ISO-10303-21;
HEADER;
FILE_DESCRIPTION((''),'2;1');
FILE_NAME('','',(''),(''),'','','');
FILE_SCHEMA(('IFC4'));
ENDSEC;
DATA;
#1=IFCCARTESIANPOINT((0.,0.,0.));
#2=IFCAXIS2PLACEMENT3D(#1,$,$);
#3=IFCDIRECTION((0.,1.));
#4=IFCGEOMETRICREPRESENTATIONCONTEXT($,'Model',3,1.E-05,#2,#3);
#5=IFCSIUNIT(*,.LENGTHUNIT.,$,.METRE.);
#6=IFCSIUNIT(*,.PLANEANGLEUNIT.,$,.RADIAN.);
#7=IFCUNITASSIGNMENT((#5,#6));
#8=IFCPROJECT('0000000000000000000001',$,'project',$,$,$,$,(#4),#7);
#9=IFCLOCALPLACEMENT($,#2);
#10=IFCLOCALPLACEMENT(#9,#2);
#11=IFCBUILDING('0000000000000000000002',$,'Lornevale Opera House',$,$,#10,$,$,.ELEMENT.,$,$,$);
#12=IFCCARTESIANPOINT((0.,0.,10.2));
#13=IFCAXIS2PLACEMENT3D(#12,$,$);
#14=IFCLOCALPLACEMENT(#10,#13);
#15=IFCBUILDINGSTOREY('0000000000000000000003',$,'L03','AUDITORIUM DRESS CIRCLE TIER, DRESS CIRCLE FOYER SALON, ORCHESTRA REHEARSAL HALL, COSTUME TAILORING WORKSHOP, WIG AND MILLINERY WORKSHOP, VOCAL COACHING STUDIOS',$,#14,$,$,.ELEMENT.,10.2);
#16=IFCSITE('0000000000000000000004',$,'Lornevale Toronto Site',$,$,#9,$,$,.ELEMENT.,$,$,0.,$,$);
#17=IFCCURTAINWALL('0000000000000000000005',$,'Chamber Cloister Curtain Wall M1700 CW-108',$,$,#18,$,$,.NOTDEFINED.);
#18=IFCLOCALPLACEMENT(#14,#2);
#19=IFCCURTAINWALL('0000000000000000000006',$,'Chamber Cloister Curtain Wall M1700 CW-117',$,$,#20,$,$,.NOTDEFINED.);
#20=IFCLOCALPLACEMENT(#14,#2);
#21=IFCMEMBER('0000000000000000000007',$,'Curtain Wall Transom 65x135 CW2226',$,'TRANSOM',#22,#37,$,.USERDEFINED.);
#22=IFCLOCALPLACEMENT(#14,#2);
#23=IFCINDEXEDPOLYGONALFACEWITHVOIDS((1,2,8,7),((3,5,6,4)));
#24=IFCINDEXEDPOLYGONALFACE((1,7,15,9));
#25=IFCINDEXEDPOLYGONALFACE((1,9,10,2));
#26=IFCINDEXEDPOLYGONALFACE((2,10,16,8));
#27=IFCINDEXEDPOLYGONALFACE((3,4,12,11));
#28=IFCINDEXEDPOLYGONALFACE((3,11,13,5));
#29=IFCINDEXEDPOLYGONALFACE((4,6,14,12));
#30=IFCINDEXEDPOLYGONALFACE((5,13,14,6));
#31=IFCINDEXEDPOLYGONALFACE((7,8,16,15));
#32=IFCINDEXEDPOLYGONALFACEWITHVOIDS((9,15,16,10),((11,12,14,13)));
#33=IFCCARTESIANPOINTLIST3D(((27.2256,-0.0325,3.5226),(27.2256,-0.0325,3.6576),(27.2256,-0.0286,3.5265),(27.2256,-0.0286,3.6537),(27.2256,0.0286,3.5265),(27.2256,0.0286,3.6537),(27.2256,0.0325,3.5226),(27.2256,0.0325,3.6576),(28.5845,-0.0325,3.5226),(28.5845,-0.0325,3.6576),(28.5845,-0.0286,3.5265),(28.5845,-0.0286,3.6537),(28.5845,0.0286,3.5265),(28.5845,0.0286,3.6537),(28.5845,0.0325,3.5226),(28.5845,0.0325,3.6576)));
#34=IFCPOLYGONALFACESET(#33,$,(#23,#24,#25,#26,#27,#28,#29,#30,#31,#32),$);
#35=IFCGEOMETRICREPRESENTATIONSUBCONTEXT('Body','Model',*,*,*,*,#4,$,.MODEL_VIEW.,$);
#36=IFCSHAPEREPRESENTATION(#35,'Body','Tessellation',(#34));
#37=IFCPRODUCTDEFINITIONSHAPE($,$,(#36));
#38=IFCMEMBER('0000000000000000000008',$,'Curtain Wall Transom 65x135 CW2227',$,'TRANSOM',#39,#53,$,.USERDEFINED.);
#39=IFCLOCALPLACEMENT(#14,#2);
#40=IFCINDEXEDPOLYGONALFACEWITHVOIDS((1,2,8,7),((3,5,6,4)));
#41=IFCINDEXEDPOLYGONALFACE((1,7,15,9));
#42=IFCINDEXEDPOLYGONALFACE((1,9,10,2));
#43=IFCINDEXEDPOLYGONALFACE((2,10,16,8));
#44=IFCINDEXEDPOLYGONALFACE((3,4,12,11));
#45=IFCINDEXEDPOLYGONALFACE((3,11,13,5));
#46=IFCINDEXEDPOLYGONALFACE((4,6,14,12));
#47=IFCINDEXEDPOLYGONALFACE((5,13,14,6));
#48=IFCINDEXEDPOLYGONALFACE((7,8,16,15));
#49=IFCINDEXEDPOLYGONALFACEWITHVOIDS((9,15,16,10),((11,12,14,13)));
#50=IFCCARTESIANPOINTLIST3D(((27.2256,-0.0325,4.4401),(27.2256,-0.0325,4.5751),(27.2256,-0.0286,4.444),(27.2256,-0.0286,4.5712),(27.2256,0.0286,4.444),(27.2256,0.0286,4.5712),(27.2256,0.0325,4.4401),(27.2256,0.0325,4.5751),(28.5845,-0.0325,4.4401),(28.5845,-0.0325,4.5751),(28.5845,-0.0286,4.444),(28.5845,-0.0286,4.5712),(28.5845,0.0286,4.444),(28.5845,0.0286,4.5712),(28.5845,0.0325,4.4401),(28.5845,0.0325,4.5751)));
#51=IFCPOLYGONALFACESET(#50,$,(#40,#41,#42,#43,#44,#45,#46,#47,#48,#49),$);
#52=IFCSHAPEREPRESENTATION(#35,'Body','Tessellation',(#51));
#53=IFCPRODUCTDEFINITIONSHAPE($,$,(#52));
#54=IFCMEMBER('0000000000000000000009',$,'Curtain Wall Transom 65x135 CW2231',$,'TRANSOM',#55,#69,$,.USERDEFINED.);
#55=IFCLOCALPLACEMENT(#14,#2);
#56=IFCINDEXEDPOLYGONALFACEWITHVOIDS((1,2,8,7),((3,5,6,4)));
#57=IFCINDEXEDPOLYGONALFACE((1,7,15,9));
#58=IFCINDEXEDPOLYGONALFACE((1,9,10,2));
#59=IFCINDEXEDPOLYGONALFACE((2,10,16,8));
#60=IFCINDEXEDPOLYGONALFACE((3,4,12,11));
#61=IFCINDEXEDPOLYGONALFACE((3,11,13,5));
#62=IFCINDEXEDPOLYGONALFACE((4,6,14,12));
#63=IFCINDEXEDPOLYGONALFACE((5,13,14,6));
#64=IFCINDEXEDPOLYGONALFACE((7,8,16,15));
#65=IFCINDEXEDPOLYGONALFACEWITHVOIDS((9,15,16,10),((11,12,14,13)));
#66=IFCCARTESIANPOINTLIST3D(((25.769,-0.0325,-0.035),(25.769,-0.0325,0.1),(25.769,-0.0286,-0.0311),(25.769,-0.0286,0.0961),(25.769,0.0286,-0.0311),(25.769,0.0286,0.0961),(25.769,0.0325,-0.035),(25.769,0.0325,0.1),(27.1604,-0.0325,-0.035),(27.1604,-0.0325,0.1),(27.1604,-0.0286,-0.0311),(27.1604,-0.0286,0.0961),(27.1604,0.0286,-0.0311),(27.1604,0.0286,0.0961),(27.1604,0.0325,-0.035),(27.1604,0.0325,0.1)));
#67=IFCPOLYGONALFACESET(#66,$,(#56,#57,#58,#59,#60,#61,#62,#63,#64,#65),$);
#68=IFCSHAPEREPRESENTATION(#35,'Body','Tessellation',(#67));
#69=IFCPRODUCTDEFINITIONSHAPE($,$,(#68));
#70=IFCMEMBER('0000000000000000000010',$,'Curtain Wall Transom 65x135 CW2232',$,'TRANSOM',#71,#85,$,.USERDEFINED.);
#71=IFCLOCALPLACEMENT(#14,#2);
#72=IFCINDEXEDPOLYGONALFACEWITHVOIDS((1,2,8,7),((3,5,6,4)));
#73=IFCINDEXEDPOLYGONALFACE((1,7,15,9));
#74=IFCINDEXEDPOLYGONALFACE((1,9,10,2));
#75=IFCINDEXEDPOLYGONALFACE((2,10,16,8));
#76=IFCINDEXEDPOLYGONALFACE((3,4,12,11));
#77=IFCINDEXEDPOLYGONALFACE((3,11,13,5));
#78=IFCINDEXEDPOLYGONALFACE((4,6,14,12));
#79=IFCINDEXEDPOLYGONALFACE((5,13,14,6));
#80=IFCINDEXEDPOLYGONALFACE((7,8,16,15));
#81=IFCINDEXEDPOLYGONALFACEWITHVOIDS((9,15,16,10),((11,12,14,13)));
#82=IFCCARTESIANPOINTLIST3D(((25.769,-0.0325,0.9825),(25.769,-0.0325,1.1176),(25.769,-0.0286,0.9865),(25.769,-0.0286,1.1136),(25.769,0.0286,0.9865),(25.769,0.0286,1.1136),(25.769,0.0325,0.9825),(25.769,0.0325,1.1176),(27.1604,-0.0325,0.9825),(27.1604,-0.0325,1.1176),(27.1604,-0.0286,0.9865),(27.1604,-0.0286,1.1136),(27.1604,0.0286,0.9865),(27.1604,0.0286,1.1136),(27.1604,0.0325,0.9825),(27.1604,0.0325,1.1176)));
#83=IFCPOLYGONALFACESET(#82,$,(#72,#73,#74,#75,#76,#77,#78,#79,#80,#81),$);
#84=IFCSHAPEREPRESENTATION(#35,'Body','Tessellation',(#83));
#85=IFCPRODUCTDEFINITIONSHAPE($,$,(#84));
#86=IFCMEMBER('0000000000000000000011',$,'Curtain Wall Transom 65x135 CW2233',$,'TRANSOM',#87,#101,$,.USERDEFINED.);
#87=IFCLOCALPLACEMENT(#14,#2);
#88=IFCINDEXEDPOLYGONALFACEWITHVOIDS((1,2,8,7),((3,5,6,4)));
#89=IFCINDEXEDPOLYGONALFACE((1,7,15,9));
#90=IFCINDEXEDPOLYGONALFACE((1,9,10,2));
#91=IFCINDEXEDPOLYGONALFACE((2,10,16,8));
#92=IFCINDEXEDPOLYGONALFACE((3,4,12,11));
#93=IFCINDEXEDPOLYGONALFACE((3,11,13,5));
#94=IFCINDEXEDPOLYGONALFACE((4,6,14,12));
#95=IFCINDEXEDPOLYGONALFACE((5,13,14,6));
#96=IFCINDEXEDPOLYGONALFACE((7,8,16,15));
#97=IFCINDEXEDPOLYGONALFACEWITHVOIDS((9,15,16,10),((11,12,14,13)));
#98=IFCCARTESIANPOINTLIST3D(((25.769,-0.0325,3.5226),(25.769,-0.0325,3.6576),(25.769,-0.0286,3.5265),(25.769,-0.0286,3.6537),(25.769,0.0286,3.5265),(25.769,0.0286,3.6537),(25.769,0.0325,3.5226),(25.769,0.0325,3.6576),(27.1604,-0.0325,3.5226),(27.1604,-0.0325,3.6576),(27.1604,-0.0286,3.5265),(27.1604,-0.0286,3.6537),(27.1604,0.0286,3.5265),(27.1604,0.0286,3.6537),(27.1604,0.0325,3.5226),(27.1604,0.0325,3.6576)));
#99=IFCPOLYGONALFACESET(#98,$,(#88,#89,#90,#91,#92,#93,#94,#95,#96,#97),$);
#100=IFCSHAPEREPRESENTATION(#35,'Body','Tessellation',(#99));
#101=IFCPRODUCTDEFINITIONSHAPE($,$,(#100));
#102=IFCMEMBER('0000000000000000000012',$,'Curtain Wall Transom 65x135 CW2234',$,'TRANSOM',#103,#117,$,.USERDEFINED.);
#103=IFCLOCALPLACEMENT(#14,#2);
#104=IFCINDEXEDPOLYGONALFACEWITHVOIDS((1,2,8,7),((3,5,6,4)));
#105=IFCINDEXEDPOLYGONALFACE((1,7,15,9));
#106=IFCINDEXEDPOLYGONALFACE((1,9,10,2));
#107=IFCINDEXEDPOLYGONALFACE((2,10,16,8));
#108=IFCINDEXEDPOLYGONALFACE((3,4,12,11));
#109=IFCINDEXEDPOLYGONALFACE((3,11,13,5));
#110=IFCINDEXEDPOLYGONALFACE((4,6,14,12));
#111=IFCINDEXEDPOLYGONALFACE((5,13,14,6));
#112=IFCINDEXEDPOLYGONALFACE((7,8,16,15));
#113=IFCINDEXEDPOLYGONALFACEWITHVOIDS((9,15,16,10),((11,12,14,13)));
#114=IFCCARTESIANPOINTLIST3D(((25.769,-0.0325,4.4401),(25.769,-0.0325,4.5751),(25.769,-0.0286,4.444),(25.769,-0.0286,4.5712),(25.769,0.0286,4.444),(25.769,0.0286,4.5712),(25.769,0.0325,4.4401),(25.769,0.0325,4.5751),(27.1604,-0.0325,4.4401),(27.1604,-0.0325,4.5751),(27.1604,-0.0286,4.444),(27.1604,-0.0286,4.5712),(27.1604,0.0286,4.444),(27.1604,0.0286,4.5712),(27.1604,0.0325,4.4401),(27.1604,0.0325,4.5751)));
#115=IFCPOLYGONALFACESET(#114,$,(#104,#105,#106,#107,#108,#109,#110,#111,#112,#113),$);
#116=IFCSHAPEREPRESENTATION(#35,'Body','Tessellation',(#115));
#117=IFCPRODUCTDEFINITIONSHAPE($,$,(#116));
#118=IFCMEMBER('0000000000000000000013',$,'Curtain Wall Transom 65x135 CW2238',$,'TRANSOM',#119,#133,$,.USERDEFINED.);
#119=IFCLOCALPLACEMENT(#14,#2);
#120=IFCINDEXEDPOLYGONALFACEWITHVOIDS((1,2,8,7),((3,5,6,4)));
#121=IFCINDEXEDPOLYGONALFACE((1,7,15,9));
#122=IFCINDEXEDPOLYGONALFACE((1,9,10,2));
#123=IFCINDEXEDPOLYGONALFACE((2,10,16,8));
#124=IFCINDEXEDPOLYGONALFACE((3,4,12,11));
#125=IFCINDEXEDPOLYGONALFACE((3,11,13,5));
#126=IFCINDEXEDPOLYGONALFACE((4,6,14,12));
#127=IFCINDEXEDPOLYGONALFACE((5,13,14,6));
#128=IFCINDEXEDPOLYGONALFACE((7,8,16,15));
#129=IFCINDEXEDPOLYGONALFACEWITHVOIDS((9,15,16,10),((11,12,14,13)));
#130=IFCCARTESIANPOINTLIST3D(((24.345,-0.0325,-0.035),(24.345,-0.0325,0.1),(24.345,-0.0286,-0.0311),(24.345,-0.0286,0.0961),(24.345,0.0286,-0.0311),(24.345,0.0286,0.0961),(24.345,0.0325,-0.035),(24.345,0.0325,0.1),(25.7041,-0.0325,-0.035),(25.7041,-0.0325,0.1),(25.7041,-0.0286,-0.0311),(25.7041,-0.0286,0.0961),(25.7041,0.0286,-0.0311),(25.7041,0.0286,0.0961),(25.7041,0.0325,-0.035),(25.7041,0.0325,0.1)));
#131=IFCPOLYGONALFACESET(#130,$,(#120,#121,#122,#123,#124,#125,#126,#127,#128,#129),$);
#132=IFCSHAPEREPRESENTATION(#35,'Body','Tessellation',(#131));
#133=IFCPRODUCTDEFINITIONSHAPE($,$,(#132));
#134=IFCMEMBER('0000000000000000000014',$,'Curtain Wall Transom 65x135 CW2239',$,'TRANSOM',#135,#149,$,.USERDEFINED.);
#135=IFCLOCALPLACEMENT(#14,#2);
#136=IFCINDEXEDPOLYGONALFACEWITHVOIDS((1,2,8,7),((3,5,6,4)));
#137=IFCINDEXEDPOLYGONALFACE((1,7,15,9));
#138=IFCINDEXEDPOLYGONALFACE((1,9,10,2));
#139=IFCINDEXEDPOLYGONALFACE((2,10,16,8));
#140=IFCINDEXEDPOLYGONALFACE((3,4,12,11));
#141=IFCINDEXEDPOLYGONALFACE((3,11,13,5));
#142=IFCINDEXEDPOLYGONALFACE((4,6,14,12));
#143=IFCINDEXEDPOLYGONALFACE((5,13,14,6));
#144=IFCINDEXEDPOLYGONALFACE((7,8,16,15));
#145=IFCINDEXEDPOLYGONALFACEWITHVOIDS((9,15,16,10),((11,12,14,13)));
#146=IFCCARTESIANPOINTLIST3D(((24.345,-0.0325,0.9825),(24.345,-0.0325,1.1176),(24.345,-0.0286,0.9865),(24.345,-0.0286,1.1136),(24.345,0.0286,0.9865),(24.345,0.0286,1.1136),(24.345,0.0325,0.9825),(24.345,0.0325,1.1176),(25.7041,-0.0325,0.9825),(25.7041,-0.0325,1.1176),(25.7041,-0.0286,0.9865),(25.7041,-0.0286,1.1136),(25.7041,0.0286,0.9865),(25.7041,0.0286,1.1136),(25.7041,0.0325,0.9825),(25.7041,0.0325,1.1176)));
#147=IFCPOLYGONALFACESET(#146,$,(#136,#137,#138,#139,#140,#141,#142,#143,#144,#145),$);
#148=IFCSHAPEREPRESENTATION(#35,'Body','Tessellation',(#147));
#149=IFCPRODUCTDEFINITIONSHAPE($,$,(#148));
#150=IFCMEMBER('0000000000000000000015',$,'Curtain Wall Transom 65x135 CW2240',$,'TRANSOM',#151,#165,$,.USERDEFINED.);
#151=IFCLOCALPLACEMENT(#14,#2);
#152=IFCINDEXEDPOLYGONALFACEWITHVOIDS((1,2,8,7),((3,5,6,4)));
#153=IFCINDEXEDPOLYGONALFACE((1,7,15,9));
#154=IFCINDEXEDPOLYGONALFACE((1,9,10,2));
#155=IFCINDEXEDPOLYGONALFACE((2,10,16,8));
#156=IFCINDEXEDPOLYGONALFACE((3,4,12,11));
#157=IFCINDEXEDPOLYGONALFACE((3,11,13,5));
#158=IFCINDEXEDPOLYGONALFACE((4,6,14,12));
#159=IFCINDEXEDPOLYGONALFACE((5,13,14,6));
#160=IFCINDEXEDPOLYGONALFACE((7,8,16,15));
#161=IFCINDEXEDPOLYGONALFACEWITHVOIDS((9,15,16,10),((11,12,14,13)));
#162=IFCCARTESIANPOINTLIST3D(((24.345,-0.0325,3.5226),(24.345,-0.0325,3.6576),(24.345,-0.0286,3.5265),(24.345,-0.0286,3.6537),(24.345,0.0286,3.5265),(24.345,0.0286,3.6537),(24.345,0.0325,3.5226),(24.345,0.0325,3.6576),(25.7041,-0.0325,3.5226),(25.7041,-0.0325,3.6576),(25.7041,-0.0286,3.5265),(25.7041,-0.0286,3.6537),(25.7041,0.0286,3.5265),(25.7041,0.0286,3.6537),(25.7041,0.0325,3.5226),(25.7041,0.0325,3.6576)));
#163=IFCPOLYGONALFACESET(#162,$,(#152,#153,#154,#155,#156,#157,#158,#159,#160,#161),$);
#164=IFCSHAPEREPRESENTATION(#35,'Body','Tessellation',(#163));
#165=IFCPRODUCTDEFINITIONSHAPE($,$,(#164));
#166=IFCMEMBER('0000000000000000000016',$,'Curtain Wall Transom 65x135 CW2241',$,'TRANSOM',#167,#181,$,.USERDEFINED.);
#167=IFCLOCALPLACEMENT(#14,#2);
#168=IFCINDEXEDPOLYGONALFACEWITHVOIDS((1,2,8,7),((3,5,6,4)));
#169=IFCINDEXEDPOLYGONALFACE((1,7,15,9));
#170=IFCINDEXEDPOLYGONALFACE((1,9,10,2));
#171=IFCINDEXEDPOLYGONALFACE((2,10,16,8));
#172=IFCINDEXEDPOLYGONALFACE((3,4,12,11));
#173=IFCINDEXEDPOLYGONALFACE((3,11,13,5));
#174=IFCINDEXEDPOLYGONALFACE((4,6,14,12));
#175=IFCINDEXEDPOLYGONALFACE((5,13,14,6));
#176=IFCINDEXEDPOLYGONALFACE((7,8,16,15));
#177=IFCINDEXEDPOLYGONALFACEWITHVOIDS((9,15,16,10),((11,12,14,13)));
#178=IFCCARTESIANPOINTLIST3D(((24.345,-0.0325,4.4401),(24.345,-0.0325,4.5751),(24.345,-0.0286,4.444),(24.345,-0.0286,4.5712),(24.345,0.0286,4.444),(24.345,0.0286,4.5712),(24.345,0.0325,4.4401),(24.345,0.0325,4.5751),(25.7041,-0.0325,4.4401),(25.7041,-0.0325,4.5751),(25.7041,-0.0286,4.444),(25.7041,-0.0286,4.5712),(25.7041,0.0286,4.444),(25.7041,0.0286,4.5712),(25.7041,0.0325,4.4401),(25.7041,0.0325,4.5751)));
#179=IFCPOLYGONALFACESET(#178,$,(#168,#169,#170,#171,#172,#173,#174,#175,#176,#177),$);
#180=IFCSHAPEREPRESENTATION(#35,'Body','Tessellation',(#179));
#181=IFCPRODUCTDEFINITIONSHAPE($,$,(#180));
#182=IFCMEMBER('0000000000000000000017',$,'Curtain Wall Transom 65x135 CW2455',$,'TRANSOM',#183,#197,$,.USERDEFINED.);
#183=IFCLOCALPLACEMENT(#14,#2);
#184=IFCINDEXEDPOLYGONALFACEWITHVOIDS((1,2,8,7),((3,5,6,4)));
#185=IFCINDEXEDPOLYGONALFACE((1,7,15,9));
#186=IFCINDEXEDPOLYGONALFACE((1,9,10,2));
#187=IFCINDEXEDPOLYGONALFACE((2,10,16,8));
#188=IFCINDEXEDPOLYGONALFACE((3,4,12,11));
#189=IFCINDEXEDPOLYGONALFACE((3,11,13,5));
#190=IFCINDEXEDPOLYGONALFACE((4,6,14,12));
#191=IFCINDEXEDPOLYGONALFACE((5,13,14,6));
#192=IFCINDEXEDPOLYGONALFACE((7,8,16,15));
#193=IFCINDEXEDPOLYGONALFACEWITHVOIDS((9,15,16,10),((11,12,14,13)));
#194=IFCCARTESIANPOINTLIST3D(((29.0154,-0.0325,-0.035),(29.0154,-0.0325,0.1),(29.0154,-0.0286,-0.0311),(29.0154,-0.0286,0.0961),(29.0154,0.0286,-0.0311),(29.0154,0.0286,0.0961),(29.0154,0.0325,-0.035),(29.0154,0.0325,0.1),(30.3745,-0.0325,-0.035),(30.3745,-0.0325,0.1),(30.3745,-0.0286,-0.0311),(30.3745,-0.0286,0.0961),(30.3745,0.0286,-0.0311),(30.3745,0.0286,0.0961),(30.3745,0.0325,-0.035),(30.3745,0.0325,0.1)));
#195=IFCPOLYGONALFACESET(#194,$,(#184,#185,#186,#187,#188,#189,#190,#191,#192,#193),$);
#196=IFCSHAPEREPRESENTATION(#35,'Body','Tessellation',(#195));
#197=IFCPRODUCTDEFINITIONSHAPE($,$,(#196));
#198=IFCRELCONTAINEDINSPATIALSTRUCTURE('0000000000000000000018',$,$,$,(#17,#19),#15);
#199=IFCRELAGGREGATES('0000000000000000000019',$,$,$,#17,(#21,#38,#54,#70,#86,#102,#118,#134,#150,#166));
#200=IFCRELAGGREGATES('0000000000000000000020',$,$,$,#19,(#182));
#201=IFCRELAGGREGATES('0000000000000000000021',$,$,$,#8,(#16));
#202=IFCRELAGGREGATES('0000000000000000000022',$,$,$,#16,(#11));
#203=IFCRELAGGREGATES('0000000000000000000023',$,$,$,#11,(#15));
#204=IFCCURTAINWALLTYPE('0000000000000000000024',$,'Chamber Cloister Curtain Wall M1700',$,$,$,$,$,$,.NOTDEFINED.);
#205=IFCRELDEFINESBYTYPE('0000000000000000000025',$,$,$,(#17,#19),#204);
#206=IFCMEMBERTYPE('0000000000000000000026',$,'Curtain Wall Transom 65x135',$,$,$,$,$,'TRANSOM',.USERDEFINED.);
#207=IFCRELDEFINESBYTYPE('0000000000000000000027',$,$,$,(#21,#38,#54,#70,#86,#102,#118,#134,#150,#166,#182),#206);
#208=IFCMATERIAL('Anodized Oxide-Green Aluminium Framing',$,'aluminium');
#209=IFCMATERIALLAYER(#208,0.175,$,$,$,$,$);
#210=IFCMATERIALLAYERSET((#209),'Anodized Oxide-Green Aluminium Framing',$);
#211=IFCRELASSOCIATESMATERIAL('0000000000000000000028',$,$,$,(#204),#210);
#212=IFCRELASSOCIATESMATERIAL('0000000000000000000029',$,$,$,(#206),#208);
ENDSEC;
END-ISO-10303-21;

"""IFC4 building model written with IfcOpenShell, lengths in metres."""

from ifc_helpers import new_model, si_unit, direction, frame, origin, origin_2d, place, context, subcontext, project, spatial, hollow_rectangle, extrude, material, layer, layer_set, material_profile, profile_set, type_object, element, aggregate, save


model = new_model("IFC4")

# Units and contexts
model_context = context("Model", 3, precision=1e-05, world=origin(), true_north=direction((0.0, 1.0)))
body_context = subcontext(model_context, "Body", "Model", "MODEL_VIEW")
ifc_project = project(units=[si_unit("LENGTHUNIT", "METRE"), si_unit("PLANEANGLEUNIT", "RADIAN")], contexts=[model_context])

# Site, building, storey
site_placement = place(None, origin())
site = spatial("IfcSite", under=ifc_project, at=site_placement, Name="Lornevale Toronto Site", CompositionType="ELEMENT", RefElevation=0.0)
building_placement = place(site_placement, origin())
building = spatial("IfcBuilding", under=site, at=building_placement, Name="Lornevale Opera House", CompositionType="ELEMENT")
storey_placement = place(building_placement, frame((0.0, 0.0, 10.2)))
storey = spatial("IfcBuildingStorey", under=building, at=storey_placement, Name="L03", Description="AUDITORIUM DRESS CIRCLE TIER, DRESS CIRCLE FOYER SALON, ORCHESTRA REHEARSAL HALL, COSTUME TAILORING WORKSHOP, WIG AND MILLINERY WORKSHOP, VOCAL COACHING STUDIOS", CompositionType="ELEMENT", Elevation=10.2)

# Curtain walls
ifc_material_1 = material(Name="Anodized Oxide-Green Aluminium Framing", Category="aluminium")
ifc_layer_1 = layer(ifc_material_1, 0.175)
ifc_layer_set_1 = layer_set([ifc_layer_1], Name="Anodized Oxide-Green Aluminium Framing")
curtain_wall_type = type_object("IfcCurtainWallType", Name="Chamber Cloister Curtain Wall M1700", PredefinedType="NOTDEFINED", material=ifc_layer_set_1)
curtain_wall_1_placement = place(storey_placement, origin())
curtain_wall_1 = element("IfcCurtainWall", 1, at=curtain_wall_1_placement, inside=storey, type_object=curtain_wall_type, Name="Chamber Cloister Curtain Wall M1700 CW-108", PredefinedType="NOTDEFINED")
curtain_wall_2_placement = place(storey_placement, origin())
curtain_wall_2 = element("IfcCurtainWall", 2, at=curtain_wall_2_placement, inside=storey, type_object=curtain_wall_type, Name="Chamber Cloister Curtain Wall M1700 CW-117", PredefinedType="NOTDEFINED")

# Members
ifc_material_profile_1 = material_profile(ifc_material_1, hollow_rectangle(XDim=0.0649, YDim=0.135, WallThickness=0.0039, at=origin_2d()), Name="ALU65x135x4")
ifc_profile_set_1 = profile_set([ifc_material_profile_1], Name="Anodized Oxide-Green Aluminium Framing")
member_type_1 = type_object("IfcMemberType", Name="Curtain Wall Transom 65x135", ElementType="TRANSOM", PredefinedType="USERDEFINED", material=ifc_profile_set_1)
member_1_placement = place(storey_placement, frame((28.5845, 0.0, 3.5901), z_axis=(-1.0, 0.0, 0.0), x_axis=(0.0, -1.0, 0.0)))
member_1 = element("IfcMember", 3, at=member_1_placement, type_object=member_type_1, Name="Curtain Wall Transom 65x135 CW2226", ObjectType="TRANSOM", PredefinedType="USERDEFINED", context=body_context, shape_type="SweptSolid", body=[
    extrude(hollow_rectangle(XDim=0.0649, YDim=0.135, WallThickness=0.0039, at=origin_2d()), origin(), (0.0, 0.0, 1.0), 1.3589),
])
member_2_placement = place(storey_placement, frame((28.5845, 0.0, 4.5076), z_axis=(-1.0, 0.0, 0.0), x_axis=(0.0, -1.0, 0.0)))
member_2 = element("IfcMember", 4, at=member_2_placement, type_object=member_type_1, Name="Curtain Wall Transom 65x135 CW2227", ObjectType="TRANSOM", PredefinedType="USERDEFINED", context=body_context, shape_type="SweptSolid", body=[
    extrude(hollow_rectangle(XDim=0.0649, YDim=0.135, WallThickness=0.0039, at=origin_2d()), origin(), (0.0, 0.0, 1.0), 1.3589),
])
member_3_placement = place(storey_placement, frame((27.1604, 0.0, 0.0325), z_axis=(-1.0, 0.0, 0.0), x_axis=(0.0, -1.0, 0.0)))
member_3 = element("IfcMember", 5, at=member_3_placement, type_object=member_type_1, Name="Curtain Wall Transom 65x135 CW2231", ObjectType="TRANSOM", PredefinedType="USERDEFINED", context=body_context, shape_type="SweptSolid", body=[
    extrude(hollow_rectangle(XDim=0.0649, YDim=0.135, WallThickness=0.0039, at=origin_2d()), origin(), (0.0, 0.0, 1.0), 1.3914),
])
member_4_placement = place(storey_placement, frame((27.1604, 0.0, 1.05), z_axis=(-1.0, 0.0, 0.0), x_axis=(0.0, -1.0, 0.0)))
member_4 = element("IfcMember", 6, at=member_4_placement, type_object=member_type_1, Name="Curtain Wall Transom 65x135 CW2232", ObjectType="TRANSOM", PredefinedType="USERDEFINED", context=body_context, shape_type="SweptSolid", body=[
    extrude(hollow_rectangle(XDim=0.0649, YDim=0.135, WallThickness=0.0039, at=origin_2d()), origin(), (0.0, 0.0, 1.0), 1.3914),
])
member_5_placement = place(storey_placement, frame((27.1604, 0.0, 3.5901), z_axis=(-1.0, 0.0, 0.0), x_axis=(0.0, -1.0, 0.0)))
member_5 = element("IfcMember", 7, at=member_5_placement, type_object=member_type_1, Name="Curtain Wall Transom 65x135 CW2233", ObjectType="TRANSOM", PredefinedType="USERDEFINED", context=body_context, shape_type="SweptSolid", body=[
    extrude(hollow_rectangle(XDim=0.0649, YDim=0.135, WallThickness=0.0039, at=origin_2d()), origin(), (0.0, 0.0, 1.0), 1.3914),
])
member_6_placement = place(storey_placement, frame((27.1604, 0.0, 4.5076), z_axis=(-1.0, 0.0, 0.0), x_axis=(0.0, -1.0, 0.0)))
member_6 = element("IfcMember", 8, at=member_6_placement, type_object=member_type_1, Name="Curtain Wall Transom 65x135 CW2234", ObjectType="TRANSOM", PredefinedType="USERDEFINED", context=body_context, shape_type="SweptSolid", body=[
    extrude(hollow_rectangle(XDim=0.0649, YDim=0.135, WallThickness=0.0039, at=origin_2d()), origin(), (0.0, 0.0, 1.0), 1.3914),
])
member_7_placement = place(storey_placement, frame((25.7041, 0.0, 0.0325), z_axis=(-1.0, 0.0, 0.0), x_axis=(0.0, -1.0, 0.0)))
member_7 = element("IfcMember", 9, at=member_7_placement, type_object=member_type_1, Name="Curtain Wall Transom 65x135 CW2238", ObjectType="TRANSOM", PredefinedType="USERDEFINED", context=body_context, shape_type="SweptSolid", body=[
    extrude(hollow_rectangle(XDim=0.0649, YDim=0.135, WallThickness=0.0039, at=origin_2d()), origin(), (0.0, 0.0, 1.0), 1.3591),
])
member_8_placement = place(storey_placement, frame((25.7041, 0.0, 1.05), z_axis=(-1.0, 0.0, 0.0), x_axis=(0.0, -1.0, 0.0)))
member_8 = element("IfcMember", 10, at=member_8_placement, type_object=member_type_1, Name="Curtain Wall Transom 65x135 CW2239", ObjectType="TRANSOM", PredefinedType="USERDEFINED", context=body_context, shape_type="SweptSolid", body=[
    extrude(hollow_rectangle(XDim=0.0649, YDim=0.135, WallThickness=0.0039, at=origin_2d()), origin(), (0.0, 0.0, 1.0), 1.3591),
])
member_9_placement = place(storey_placement, frame((25.7041, 0.0, 3.5901), z_axis=(-1.0, 0.0, 0.0), x_axis=(0.0, -1.0, 0.0)))
member_9 = element("IfcMember", 11, at=member_9_placement, type_object=member_type_1, Name="Curtain Wall Transom 65x135 CW2240", ObjectType="TRANSOM", PredefinedType="USERDEFINED", context=body_context, shape_type="SweptSolid", body=[
    extrude(hollow_rectangle(XDim=0.0649, YDim=0.135, WallThickness=0.0039, at=origin_2d()), origin(), (0.0, 0.0, 1.0), 1.3591),
])
member_10_placement = place(storey_placement, frame((25.7041, 0.0, 4.5076), z_axis=(-1.0, 0.0, 0.0), x_axis=(0.0, -1.0, 0.0)))
member_10 = element("IfcMember", 12, at=member_10_placement, type_object=member_type_1, Name="Curtain Wall Transom 65x135 CW2241", ObjectType="TRANSOM", PredefinedType="USERDEFINED", context=body_context, shape_type="SweptSolid", body=[
    extrude(hollow_rectangle(XDim=0.0649, YDim=0.135, WallThickness=0.0039, at=origin_2d()), origin(), (0.0, 0.0, 1.0), 1.3591),
])
member_11_placement = place(storey_placement, frame((30.3745, 0.0, 0.0325), z_axis=(-1.0, 0.0, 0.0), x_axis=(0.0, -1.0, 0.0)))
member_11 = element("IfcMember", 13, at=member_11_placement, type_object=member_type_1, Name="Curtain Wall Transom 65x135 CW2455", ObjectType="TRANSOM", PredefinedType="USERDEFINED", context=body_context, shape_type="SweptSolid", body=[
    extrude(hollow_rectangle(XDim=0.0649, YDim=0.135, WallThickness=0.0039, at=origin_2d()), origin(), (0.0, 0.0, 1.0), 1.3591),
])

aggregate(curtain_wall_1, [member_1, member_2, member_3, member_4, member_5, member_6, member_7, member_8, member_9, member_10])
aggregate(curtain_wall_2, [member_11])

save(model, "model.ifc")
